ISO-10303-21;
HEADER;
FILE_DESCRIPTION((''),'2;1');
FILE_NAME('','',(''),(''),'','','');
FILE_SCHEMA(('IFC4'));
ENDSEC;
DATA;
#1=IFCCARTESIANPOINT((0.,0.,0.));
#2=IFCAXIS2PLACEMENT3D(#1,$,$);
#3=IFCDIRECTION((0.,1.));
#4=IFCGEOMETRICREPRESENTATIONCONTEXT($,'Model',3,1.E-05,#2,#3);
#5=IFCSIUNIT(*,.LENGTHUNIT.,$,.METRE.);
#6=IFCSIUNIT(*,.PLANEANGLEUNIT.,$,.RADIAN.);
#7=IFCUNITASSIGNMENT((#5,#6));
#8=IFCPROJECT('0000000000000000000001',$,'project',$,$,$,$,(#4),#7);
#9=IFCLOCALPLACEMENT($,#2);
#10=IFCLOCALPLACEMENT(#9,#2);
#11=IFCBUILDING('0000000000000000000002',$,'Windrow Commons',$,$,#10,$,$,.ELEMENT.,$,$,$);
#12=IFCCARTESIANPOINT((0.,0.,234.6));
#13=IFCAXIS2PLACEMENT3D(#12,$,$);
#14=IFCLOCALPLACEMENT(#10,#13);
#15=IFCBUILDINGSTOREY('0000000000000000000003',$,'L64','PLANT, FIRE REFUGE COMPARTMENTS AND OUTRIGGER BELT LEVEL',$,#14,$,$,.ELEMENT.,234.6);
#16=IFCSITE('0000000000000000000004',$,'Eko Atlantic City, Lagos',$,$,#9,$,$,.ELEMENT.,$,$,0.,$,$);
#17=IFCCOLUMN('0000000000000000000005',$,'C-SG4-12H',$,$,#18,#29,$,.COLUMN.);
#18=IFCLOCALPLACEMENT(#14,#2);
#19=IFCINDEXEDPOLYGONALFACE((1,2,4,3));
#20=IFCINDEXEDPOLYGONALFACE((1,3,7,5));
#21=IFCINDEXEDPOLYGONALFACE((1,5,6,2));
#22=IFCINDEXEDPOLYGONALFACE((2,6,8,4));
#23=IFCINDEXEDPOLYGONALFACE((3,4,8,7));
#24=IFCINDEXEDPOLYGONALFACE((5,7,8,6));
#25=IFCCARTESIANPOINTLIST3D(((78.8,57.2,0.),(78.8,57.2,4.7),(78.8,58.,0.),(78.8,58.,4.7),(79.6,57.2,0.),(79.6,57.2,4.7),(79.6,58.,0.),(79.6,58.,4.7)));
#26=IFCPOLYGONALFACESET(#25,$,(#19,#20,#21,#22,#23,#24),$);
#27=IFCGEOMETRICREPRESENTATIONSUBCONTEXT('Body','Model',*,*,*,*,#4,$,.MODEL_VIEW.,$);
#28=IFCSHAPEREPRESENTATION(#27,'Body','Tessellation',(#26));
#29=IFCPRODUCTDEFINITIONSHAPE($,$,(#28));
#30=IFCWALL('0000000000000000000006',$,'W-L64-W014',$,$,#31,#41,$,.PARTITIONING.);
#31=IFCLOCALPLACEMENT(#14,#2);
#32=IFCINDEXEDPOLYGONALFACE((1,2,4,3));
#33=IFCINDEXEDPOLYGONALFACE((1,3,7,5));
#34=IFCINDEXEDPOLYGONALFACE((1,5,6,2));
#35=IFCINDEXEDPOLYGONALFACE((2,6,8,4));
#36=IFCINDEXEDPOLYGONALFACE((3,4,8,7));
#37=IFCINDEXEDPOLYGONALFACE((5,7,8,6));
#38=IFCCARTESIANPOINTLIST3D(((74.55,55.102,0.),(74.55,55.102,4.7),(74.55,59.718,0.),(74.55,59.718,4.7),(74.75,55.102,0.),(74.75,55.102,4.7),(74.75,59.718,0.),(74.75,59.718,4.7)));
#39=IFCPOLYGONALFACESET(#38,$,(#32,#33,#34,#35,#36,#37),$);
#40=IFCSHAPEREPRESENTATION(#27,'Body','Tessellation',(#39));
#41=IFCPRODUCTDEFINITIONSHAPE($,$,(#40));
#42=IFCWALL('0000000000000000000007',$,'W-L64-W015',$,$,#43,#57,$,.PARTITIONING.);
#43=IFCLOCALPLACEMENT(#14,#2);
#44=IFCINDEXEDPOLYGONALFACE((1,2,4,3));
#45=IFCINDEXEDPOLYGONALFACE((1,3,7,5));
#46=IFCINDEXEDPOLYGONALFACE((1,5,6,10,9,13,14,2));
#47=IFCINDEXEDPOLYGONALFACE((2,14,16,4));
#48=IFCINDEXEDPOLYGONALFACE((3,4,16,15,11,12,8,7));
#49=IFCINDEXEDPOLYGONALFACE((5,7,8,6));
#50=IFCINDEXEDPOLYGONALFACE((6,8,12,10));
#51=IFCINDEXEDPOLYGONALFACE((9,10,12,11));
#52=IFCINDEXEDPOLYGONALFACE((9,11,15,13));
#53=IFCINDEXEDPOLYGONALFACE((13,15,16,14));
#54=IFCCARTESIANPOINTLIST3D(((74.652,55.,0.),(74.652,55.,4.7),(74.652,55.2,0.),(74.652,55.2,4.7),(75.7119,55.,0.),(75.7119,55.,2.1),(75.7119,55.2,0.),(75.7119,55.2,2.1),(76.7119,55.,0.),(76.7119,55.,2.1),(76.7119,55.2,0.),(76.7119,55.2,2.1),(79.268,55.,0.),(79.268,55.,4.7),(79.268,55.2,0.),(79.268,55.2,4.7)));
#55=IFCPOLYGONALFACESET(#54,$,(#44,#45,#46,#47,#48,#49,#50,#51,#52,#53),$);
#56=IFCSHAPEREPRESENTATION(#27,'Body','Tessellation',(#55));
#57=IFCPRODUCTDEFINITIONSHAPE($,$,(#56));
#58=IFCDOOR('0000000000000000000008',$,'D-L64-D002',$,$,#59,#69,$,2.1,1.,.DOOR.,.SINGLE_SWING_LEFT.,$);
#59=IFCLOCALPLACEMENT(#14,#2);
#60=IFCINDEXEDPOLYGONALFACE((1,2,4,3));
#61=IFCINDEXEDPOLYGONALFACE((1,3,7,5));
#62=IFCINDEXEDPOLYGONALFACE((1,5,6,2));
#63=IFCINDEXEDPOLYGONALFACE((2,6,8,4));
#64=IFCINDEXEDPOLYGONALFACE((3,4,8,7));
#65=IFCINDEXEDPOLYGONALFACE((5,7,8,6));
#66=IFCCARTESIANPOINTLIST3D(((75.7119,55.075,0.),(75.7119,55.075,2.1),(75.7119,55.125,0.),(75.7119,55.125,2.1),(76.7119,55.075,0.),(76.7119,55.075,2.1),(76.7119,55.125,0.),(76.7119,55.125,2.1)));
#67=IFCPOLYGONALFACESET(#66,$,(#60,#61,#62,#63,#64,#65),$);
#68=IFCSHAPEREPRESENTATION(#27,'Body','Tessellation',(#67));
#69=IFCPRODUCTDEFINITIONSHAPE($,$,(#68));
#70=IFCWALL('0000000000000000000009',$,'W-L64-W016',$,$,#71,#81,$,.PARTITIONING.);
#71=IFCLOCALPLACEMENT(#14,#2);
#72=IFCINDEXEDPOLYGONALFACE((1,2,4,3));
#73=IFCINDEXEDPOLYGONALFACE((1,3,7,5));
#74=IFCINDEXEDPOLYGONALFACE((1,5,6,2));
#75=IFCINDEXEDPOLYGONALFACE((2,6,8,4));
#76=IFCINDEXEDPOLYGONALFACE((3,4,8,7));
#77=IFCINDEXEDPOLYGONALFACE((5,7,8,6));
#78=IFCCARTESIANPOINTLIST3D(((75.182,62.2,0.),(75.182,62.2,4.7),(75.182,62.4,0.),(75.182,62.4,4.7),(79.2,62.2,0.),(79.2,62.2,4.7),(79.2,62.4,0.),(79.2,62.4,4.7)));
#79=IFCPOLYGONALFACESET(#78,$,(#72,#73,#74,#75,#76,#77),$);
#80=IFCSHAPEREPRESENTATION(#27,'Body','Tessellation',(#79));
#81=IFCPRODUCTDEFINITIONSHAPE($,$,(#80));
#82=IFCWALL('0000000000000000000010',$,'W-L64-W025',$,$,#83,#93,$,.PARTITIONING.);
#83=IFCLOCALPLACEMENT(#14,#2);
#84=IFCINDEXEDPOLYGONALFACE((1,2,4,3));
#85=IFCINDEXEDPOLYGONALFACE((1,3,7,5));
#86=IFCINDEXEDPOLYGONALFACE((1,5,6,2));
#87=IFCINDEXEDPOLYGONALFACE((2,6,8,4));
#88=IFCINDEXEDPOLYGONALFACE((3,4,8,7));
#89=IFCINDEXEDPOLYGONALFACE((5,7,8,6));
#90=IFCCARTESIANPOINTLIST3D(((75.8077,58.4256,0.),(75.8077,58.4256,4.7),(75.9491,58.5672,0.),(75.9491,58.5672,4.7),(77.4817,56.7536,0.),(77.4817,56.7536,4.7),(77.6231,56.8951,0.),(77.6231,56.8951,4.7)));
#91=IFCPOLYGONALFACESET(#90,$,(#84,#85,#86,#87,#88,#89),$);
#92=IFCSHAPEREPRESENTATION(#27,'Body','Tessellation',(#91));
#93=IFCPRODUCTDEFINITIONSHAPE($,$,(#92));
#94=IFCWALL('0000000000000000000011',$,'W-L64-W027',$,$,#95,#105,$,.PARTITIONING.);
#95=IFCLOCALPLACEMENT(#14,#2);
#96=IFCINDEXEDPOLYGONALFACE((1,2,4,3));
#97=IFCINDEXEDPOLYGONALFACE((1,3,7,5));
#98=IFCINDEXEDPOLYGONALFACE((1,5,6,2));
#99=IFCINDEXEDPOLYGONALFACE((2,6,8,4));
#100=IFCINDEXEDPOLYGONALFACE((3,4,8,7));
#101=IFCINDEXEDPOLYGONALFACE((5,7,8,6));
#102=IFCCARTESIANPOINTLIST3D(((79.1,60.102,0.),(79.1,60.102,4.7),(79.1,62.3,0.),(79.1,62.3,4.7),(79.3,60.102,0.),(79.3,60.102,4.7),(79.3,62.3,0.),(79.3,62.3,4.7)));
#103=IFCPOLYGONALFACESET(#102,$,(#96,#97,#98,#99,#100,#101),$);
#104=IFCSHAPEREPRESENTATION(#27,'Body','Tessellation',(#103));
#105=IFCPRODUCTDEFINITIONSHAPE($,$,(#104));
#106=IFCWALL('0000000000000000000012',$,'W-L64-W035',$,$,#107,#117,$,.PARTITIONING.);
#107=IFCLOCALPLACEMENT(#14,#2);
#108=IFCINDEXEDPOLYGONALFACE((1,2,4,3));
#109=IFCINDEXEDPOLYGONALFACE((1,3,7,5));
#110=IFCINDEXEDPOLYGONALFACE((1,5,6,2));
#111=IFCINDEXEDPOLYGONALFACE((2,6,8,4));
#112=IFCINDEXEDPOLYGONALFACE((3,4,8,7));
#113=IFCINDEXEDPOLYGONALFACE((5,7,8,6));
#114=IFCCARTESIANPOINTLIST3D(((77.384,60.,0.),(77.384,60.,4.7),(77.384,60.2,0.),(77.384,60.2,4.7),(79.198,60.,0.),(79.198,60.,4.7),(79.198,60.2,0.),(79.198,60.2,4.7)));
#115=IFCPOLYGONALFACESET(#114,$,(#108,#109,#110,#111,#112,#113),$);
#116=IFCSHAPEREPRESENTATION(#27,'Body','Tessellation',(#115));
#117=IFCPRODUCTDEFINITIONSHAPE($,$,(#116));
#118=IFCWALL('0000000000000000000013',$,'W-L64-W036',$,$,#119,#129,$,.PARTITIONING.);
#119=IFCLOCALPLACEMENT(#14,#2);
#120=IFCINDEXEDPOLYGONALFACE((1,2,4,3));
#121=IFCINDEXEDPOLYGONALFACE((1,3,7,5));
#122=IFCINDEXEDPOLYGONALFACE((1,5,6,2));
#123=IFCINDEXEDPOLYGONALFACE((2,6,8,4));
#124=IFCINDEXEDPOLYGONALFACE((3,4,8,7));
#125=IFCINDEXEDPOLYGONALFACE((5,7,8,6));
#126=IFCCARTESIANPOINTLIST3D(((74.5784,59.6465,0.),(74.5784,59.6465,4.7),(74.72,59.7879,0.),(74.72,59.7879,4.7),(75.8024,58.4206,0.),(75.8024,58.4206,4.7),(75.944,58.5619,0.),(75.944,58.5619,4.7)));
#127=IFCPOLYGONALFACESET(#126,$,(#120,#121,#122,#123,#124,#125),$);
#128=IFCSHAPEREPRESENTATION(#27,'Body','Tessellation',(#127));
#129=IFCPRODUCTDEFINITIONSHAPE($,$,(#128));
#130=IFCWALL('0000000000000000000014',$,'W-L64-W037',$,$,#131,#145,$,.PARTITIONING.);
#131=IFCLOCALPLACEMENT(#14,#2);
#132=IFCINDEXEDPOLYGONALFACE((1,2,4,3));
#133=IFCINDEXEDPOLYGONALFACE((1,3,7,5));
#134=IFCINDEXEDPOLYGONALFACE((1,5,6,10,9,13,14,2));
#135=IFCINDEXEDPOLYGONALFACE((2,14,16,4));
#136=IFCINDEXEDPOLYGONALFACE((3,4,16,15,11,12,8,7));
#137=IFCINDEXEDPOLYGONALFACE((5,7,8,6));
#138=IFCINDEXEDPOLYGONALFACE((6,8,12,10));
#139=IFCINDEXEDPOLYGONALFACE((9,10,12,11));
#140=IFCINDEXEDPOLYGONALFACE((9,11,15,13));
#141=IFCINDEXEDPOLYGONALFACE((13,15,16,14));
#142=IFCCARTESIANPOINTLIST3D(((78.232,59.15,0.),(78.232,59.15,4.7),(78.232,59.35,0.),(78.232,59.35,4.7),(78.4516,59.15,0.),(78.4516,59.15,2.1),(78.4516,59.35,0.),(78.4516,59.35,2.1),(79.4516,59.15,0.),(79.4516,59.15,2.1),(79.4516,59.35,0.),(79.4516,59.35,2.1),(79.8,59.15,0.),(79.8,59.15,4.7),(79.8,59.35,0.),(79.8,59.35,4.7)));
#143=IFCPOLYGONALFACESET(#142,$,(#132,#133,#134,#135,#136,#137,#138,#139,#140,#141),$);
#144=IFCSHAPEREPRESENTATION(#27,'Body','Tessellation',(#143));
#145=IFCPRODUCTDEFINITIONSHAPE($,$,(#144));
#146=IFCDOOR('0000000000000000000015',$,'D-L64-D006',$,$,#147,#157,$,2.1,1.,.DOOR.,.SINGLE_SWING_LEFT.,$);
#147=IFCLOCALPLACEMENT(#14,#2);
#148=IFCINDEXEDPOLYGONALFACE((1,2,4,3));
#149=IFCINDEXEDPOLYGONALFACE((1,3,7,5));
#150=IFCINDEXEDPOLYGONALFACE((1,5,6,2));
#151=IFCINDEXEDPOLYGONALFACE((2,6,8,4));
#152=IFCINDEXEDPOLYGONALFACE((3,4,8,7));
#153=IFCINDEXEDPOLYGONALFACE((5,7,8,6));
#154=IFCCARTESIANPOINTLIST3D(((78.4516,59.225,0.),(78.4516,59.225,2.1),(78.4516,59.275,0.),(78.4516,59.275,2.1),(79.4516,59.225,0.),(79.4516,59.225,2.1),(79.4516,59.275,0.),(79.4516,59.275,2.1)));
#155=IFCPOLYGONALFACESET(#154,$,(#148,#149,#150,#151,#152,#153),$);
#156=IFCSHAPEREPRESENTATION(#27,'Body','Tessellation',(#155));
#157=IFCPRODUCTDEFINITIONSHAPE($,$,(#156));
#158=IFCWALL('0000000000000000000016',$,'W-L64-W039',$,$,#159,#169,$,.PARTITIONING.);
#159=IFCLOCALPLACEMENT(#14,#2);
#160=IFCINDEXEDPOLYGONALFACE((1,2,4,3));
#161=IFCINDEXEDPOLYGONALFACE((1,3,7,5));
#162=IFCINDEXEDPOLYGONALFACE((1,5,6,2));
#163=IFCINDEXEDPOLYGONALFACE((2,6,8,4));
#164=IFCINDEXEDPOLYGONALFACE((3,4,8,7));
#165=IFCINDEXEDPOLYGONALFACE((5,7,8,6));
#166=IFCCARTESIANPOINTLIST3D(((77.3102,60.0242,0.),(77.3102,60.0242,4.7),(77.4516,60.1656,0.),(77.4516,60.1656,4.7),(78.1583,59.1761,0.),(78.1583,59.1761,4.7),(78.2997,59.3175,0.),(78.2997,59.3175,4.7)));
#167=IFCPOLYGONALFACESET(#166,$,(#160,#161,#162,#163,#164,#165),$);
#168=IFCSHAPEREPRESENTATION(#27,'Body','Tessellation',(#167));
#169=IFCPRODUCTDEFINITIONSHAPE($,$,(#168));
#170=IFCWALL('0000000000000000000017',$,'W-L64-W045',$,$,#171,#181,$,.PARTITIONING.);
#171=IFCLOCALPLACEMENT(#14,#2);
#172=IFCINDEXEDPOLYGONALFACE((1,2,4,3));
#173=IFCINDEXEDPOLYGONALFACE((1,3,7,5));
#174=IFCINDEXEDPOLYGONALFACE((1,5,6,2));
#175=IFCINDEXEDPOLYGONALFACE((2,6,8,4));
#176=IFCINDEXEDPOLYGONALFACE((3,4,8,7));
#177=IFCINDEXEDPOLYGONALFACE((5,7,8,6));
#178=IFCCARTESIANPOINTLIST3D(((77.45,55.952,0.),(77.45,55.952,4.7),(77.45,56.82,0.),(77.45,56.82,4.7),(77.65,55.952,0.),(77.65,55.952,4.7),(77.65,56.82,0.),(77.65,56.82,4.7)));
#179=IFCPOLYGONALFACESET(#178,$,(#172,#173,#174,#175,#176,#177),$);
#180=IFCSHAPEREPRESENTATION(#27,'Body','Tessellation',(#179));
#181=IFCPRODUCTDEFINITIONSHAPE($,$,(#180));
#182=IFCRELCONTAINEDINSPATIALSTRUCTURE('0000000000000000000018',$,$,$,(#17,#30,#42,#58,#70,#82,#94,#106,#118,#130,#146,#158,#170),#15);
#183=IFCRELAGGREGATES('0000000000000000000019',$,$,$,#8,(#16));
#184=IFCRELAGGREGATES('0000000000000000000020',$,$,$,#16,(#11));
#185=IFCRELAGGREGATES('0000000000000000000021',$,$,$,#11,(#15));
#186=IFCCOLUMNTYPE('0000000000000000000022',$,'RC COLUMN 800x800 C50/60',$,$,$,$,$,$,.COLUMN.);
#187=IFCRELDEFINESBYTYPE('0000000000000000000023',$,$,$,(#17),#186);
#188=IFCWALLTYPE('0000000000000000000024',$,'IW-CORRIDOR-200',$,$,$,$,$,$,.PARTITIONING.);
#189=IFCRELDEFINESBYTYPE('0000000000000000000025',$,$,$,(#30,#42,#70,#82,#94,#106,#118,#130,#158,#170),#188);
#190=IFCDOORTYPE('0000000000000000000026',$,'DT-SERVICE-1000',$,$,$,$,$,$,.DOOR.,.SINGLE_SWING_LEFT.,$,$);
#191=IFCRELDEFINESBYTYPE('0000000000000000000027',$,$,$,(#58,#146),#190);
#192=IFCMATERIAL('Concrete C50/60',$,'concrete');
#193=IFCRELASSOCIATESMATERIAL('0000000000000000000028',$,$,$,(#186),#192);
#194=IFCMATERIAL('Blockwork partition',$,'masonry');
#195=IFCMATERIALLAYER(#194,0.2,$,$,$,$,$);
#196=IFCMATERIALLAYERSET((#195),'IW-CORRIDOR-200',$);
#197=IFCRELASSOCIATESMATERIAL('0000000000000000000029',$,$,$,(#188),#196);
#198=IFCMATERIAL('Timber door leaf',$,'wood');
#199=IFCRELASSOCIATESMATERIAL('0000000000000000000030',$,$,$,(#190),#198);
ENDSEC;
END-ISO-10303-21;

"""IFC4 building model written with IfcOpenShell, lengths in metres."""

from ifc_helpers import new_model, si_unit, direction, frame, frame_2d, origin, origin_2d, place, context, subcontext, project, spatial, rectangle, extrude, material, layer, layer_set, material_profile, profile_set, type_object, element, fill, save


model = new_model("IFC4")

# Units and contexts
model_context = context("Model", 3, precision=1e-05, world=origin(), true_north=direction((0.0, 1.0)))
body_context = subcontext(model_context, "Body", "Model", "MODEL_VIEW")
ifc_project = project(units=[si_unit("LENGTHUNIT", "METRE"), si_unit("PLANEANGLEUNIT", "RADIAN")], contexts=[model_context])

# Site, building, storey
site_placement = place(None, origin())
site = spatial("IfcSite", under=ifc_project, at=site_placement, Name="Eko Atlantic City, Lagos", CompositionType="ELEMENT", RefElevation=0.0)
building_placement = place(site_placement, origin())
building = spatial("IfcBuilding", under=site, at=building_placement, Name="Windrow Commons", CompositionType="ELEMENT")
storey_placement = place(building_placement, frame((0.0, 0.0, 234.6)))
storey = spatial("IfcBuildingStorey", under=building, at=storey_placement, Name="L64", Description="PLANT, FIRE REFUGE COMPARTMENTS AND OUTRIGGER BELT LEVEL", CompositionType="ELEMENT", Elevation=234.6)

# Column
ifc_material_1 = material(Name="Concrete C50/60", Category="concrete")
ifc_material_profile = material_profile(ifc_material_1, rectangle(XDim=0.8, YDim=0.8, at=origin_2d()))
ifc_profile_set = profile_set([ifc_material_profile], Name="Concrete C50/60")
column_type = type_object("IfcColumnType", Name="RC COLUMN 800x800 C50/60", PredefinedType="COLUMN", material=ifc_profile_set)
column_placement = place(storey_placement, frame((79.2, 57.6, 0.0), z_axis=(0.0, 0.0, 1.0), x_axis=(1.0, 0.0, 0.0)))
element("IfcColumn", 1, at=column_placement, inside=storey, type_object=column_type, Name="C-SG4-12H", PredefinedType="COLUMN", context=body_context, shape_type="SweptSolid", body=[
    extrude(rectangle(XDim=0.8, YDim=0.8, at=origin_2d()), origin(), (0.0, 0.0, 1.0), 4.7),
])

# Wall
ifc_material_2 = material(Name="Blockwork partition", Category="masonry")
ifc_layer_1 = layer(ifc_material_2, 0.2)
ifc_layer_set_1 = layer_set([ifc_layer_1], Name="IW-CORRIDOR-200")
wall_type_1 = type_object("IfcWallType", Name="IW-CORRIDOR-200", PredefinedType="PARTITIONING", material=ifc_layer_set_1)
wall_1_placement = place(storey_placement, frame((74.65, 55.102, 0.0), z_axis=(0.0, 0.0, 1.0), x_axis=(0.0, 1.0, 0.0)))
element("IfcWall", 2, at=wall_1_placement, inside=storey, type_object=wall_type_1, Name="W-L64-W014", PredefinedType="PARTITIONING", context=body_context, shape_type="SweptSolid", body=[
    extrude(rectangle(XDim=4.616, YDim=0.2, at=frame_2d((2.308, 0.0))), origin(), (0.0, 0.0, 1.0), 4.7),
])

# Wall, opening, door
wall_2_placement = place(storey_placement, frame((74.652, 55.1, 0.0), z_axis=(0.0, 0.0, 1.0), x_axis=(1.0, 0.0, 0.0)))
wall_2 = element("IfcWall", 3, at=wall_2_placement, inside=storey, type_object=wall_type_1, Name="W-L64-W015", PredefinedType="PARTITIONING", context=body_context, shape_type="SweptSolid", body=[
    extrude(rectangle(XDim=4.616, YDim=0.2, at=frame_2d((2.308, 0.0))), origin(), (0.0, 0.0, 1.0), 4.7),
])
opening_1_placement = place(wall_2_placement, frame((1.0599, 0.0, 0.0)))
opening_1 = element("IfcOpeningElement", 4, at=opening_1_placement, cuts=wall_2, PredefinedType="OPENING", context=body_context, shape_type="SweptSolid", body=[
    extrude(rectangle(XDim=1.0, YDim=2.1, at=frame_2d((0.5, 1.05))), frame((0.0, 0.11, 0.0), z_axis=(0.0, -1.0, 0.0), x_axis=(1.0, 0.0, 0.0)), (0.0, 0.0, 1.0), 0.22),
])
ifc_material_3 = material(Name="Timber door leaf", Category="wood")
door_type = type_object("IfcDoorType", Name="DT-SERVICE-1000", OperationType="SINGLE_SWING_LEFT", PredefinedType="DOOR", material=ifc_material_3)
door_1_placement = place(opening_1_placement, origin())
door_1 = element("IfcDoor", 5, at=door_1_placement, inside=storey, type_object=door_type, Name="D-L64-D002", OperationType="SINGLE_SWING_LEFT", OverallHeight=2.1, OverallWidth=1.0, PredefinedType="DOOR", context=body_context, shape_type="SweptSolid", body=[
    extrude(rectangle(XDim=1.0, YDim=2.1, at=frame_2d((0.5, 1.05))), frame((0.0, 0.025, 0.0), z_axis=(0.0, -1.0, 0.0), x_axis=(1.0, 0.0, 0.0)), (0.0, 0.0, 1.0), 0.05),
])
fill(opening_1, door_1)

# Walls
wall_3_placement = place(storey_placement, frame((75.182, 62.3, 0.0), z_axis=(0.0, 0.0, 1.0), x_axis=(1.0, 0.0, 0.0)))
element("IfcWall", 6, at=wall_3_placement, inside=storey, type_object=wall_type_1, Name="W-L64-W016", PredefinedType="PARTITIONING", context=body_context, shape_type="SweptSolid", body=[
    extrude(rectangle(XDim=4.018, YDim=0.2, at=frame_2d((2.009, 0.0))), origin(), (0.0, 0.0, 1.0), 4.7),
])
wall_4_placement = place(storey_placement, frame((75.8784, 58.4964, 0.0), z_axis=(0.0, 0.0, 1.0), x_axis=(0.707529, -0.706684, 0.0)))
element("IfcWall", 7, at=wall_4_placement, inside=storey, type_object=wall_type_1, Name="W-L64-W025", PredefinedType="PARTITIONING", context=body_context, shape_type="SweptSolid", body=[
    extrude(rectangle(XDim=2.366, YDim=0.2, at=frame_2d((1.183, 0.0))), origin(), (0.0, 0.0, 1.0), 4.7),
])
wall_5_placement = place(storey_placement, frame((79.2, 60.102, 0.0), z_axis=(0.0, 0.0, 1.0), x_axis=(0.0, 1.0, 0.0)))
element("IfcWall", 8, at=wall_5_placement, inside=storey, type_object=wall_type_1, Name="W-L64-W027", PredefinedType="PARTITIONING", context=body_context, shape_type="SweptSolid", body=[
    extrude(rectangle(XDim=2.198, YDim=0.2, at=frame_2d((1.099, 0.0))), origin(), (0.0, 0.0, 1.0), 4.7),
])
wall_6_placement = place(storey_placement, frame((77.384, 60.1, 0.0), z_axis=(0.0, 0.0, 1.0), x_axis=(1.0, 0.0, 0.0)))
element("IfcWall", 9, at=wall_6_placement, inside=storey, type_object=wall_type_1, Name="W-L64-W035", PredefinedType="PARTITIONING", context=body_context, shape_type="SweptSolid", body=[
    extrude(rectangle(XDim=1.814, YDim=0.2, at=frame_2d((0.907, 0.0))), origin(), (0.0, 0.0, 1.0), 4.7),
])
wall_7_placement = place(storey_placement, frame((74.6492, 59.7172, 0.0), z_axis=(0.0, 0.0, 1.0), x_axis=(0.706529, -0.707684, 0.0)))
element("IfcWall", 10, at=wall_7_placement, inside=storey, type_object=wall_type_1, Name="W-L64-W036", PredefinedType="PARTITIONING", context=body_context, shape_type="SweptSolid", body=[
    extrude(rectangle(XDim=1.7324, YDim=0.2, at=frame_2d((0.8662, 0.0))), origin(), (0.0, 0.0, 1.0), 4.7),
])

# Wall, opening, door
wall_8_placement = place(storey_placement, frame((78.232, 59.25, 0.0), z_axis=(0.0, 0.0, 1.0), x_axis=(1.0, 0.0, 0.0)))
wall_8 = element("IfcWall", 11, at=wall_8_placement, inside=storey, type_object=wall_type_1, Name="W-L64-W037", PredefinedType="PARTITIONING", context=body_context, shape_type="SweptSolid", body=[
    extrude(rectangle(XDim=1.568, YDim=0.2, at=frame_2d((0.784, 0.0))), origin(), (0.0, 0.0, 1.0), 4.7),
])
opening_2_placement = place(wall_8_placement, frame((0.2196, 0.0, 0.0)))
opening_2 = element("IfcOpeningElement", 12, at=opening_2_placement, cuts=wall_8, PredefinedType="OPENING", context=body_context, shape_type="SweptSolid", body=[
    extrude(rectangle(XDim=1.0, YDim=2.1, at=frame_2d((0.5, 1.05))), frame((0.0, 0.11, 0.0), z_axis=(0.0, -1.0, 0.0), x_axis=(1.0, 0.0, 0.0)), (0.0, 0.0, 1.0), 0.22),
])
door_2_placement = place(opening_2_placement, origin())
door_2 = element("IfcDoor", 13, at=door_2_placement, inside=storey, type_object=door_type, Name="D-L64-D006", OperationType="SINGLE_SWING_LEFT", OverallHeight=2.1, OverallWidth=1.0, PredefinedType="DOOR", context=body_context, shape_type="SweptSolid", body=[
    extrude(rectangle(XDim=1.0, YDim=2.1, at=frame_2d((0.5, 1.05))), frame((0.0, 0.025, 0.0), z_axis=(0.0, -1.0, 0.0), x_axis=(1.0, 0.0, 0.0)), (0.0, 0.0, 1.0), 0.05),
])
fill(opening_2, door_2)

# Walls
wall_9_placement = place(storey_placement, frame((77.3809, 60.0949, 0.0), z_axis=(0.0, 0.0, 1.0), x_axis=(0.707107, -0.707107, 0.0)))
element("IfcWall", 14, at=wall_9_placement, inside=storey, type_object=wall_type_1, Name="W-L64-W039", PredefinedType="PARTITIONING", context=body_context, shape_type="SweptSolid", body=[
    extrude(rectangle(XDim=1.1993, YDim=0.2, at=frame_2d((0.5997, 0.0))), origin(), (0.0, 0.0, 1.0), 4.7),
])
for number, where, z_axis, x_axis, name in (
    (15, (77.55, 55.952, 0.0), (0.0, 0.0, 1.0), (0.0, 1.0, 0.0), "W-L64-W045"),
):
    element("IfcWall", number, at=place(storey_placement, frame(where, z_axis=z_axis, x_axis=x_axis)), inside=storey, type_object=wall_type_1, Name=name, PredefinedType="PARTITIONING", context=body_context, shape_type="SweptSolid", body=[
        extrude(rectangle(XDim=0.868, YDim=0.2, at=frame_2d((0.434, 0.0))), origin(), (0.0, 0.0, 1.0), 4.7),
    ])

save(model, "model.ifc")
